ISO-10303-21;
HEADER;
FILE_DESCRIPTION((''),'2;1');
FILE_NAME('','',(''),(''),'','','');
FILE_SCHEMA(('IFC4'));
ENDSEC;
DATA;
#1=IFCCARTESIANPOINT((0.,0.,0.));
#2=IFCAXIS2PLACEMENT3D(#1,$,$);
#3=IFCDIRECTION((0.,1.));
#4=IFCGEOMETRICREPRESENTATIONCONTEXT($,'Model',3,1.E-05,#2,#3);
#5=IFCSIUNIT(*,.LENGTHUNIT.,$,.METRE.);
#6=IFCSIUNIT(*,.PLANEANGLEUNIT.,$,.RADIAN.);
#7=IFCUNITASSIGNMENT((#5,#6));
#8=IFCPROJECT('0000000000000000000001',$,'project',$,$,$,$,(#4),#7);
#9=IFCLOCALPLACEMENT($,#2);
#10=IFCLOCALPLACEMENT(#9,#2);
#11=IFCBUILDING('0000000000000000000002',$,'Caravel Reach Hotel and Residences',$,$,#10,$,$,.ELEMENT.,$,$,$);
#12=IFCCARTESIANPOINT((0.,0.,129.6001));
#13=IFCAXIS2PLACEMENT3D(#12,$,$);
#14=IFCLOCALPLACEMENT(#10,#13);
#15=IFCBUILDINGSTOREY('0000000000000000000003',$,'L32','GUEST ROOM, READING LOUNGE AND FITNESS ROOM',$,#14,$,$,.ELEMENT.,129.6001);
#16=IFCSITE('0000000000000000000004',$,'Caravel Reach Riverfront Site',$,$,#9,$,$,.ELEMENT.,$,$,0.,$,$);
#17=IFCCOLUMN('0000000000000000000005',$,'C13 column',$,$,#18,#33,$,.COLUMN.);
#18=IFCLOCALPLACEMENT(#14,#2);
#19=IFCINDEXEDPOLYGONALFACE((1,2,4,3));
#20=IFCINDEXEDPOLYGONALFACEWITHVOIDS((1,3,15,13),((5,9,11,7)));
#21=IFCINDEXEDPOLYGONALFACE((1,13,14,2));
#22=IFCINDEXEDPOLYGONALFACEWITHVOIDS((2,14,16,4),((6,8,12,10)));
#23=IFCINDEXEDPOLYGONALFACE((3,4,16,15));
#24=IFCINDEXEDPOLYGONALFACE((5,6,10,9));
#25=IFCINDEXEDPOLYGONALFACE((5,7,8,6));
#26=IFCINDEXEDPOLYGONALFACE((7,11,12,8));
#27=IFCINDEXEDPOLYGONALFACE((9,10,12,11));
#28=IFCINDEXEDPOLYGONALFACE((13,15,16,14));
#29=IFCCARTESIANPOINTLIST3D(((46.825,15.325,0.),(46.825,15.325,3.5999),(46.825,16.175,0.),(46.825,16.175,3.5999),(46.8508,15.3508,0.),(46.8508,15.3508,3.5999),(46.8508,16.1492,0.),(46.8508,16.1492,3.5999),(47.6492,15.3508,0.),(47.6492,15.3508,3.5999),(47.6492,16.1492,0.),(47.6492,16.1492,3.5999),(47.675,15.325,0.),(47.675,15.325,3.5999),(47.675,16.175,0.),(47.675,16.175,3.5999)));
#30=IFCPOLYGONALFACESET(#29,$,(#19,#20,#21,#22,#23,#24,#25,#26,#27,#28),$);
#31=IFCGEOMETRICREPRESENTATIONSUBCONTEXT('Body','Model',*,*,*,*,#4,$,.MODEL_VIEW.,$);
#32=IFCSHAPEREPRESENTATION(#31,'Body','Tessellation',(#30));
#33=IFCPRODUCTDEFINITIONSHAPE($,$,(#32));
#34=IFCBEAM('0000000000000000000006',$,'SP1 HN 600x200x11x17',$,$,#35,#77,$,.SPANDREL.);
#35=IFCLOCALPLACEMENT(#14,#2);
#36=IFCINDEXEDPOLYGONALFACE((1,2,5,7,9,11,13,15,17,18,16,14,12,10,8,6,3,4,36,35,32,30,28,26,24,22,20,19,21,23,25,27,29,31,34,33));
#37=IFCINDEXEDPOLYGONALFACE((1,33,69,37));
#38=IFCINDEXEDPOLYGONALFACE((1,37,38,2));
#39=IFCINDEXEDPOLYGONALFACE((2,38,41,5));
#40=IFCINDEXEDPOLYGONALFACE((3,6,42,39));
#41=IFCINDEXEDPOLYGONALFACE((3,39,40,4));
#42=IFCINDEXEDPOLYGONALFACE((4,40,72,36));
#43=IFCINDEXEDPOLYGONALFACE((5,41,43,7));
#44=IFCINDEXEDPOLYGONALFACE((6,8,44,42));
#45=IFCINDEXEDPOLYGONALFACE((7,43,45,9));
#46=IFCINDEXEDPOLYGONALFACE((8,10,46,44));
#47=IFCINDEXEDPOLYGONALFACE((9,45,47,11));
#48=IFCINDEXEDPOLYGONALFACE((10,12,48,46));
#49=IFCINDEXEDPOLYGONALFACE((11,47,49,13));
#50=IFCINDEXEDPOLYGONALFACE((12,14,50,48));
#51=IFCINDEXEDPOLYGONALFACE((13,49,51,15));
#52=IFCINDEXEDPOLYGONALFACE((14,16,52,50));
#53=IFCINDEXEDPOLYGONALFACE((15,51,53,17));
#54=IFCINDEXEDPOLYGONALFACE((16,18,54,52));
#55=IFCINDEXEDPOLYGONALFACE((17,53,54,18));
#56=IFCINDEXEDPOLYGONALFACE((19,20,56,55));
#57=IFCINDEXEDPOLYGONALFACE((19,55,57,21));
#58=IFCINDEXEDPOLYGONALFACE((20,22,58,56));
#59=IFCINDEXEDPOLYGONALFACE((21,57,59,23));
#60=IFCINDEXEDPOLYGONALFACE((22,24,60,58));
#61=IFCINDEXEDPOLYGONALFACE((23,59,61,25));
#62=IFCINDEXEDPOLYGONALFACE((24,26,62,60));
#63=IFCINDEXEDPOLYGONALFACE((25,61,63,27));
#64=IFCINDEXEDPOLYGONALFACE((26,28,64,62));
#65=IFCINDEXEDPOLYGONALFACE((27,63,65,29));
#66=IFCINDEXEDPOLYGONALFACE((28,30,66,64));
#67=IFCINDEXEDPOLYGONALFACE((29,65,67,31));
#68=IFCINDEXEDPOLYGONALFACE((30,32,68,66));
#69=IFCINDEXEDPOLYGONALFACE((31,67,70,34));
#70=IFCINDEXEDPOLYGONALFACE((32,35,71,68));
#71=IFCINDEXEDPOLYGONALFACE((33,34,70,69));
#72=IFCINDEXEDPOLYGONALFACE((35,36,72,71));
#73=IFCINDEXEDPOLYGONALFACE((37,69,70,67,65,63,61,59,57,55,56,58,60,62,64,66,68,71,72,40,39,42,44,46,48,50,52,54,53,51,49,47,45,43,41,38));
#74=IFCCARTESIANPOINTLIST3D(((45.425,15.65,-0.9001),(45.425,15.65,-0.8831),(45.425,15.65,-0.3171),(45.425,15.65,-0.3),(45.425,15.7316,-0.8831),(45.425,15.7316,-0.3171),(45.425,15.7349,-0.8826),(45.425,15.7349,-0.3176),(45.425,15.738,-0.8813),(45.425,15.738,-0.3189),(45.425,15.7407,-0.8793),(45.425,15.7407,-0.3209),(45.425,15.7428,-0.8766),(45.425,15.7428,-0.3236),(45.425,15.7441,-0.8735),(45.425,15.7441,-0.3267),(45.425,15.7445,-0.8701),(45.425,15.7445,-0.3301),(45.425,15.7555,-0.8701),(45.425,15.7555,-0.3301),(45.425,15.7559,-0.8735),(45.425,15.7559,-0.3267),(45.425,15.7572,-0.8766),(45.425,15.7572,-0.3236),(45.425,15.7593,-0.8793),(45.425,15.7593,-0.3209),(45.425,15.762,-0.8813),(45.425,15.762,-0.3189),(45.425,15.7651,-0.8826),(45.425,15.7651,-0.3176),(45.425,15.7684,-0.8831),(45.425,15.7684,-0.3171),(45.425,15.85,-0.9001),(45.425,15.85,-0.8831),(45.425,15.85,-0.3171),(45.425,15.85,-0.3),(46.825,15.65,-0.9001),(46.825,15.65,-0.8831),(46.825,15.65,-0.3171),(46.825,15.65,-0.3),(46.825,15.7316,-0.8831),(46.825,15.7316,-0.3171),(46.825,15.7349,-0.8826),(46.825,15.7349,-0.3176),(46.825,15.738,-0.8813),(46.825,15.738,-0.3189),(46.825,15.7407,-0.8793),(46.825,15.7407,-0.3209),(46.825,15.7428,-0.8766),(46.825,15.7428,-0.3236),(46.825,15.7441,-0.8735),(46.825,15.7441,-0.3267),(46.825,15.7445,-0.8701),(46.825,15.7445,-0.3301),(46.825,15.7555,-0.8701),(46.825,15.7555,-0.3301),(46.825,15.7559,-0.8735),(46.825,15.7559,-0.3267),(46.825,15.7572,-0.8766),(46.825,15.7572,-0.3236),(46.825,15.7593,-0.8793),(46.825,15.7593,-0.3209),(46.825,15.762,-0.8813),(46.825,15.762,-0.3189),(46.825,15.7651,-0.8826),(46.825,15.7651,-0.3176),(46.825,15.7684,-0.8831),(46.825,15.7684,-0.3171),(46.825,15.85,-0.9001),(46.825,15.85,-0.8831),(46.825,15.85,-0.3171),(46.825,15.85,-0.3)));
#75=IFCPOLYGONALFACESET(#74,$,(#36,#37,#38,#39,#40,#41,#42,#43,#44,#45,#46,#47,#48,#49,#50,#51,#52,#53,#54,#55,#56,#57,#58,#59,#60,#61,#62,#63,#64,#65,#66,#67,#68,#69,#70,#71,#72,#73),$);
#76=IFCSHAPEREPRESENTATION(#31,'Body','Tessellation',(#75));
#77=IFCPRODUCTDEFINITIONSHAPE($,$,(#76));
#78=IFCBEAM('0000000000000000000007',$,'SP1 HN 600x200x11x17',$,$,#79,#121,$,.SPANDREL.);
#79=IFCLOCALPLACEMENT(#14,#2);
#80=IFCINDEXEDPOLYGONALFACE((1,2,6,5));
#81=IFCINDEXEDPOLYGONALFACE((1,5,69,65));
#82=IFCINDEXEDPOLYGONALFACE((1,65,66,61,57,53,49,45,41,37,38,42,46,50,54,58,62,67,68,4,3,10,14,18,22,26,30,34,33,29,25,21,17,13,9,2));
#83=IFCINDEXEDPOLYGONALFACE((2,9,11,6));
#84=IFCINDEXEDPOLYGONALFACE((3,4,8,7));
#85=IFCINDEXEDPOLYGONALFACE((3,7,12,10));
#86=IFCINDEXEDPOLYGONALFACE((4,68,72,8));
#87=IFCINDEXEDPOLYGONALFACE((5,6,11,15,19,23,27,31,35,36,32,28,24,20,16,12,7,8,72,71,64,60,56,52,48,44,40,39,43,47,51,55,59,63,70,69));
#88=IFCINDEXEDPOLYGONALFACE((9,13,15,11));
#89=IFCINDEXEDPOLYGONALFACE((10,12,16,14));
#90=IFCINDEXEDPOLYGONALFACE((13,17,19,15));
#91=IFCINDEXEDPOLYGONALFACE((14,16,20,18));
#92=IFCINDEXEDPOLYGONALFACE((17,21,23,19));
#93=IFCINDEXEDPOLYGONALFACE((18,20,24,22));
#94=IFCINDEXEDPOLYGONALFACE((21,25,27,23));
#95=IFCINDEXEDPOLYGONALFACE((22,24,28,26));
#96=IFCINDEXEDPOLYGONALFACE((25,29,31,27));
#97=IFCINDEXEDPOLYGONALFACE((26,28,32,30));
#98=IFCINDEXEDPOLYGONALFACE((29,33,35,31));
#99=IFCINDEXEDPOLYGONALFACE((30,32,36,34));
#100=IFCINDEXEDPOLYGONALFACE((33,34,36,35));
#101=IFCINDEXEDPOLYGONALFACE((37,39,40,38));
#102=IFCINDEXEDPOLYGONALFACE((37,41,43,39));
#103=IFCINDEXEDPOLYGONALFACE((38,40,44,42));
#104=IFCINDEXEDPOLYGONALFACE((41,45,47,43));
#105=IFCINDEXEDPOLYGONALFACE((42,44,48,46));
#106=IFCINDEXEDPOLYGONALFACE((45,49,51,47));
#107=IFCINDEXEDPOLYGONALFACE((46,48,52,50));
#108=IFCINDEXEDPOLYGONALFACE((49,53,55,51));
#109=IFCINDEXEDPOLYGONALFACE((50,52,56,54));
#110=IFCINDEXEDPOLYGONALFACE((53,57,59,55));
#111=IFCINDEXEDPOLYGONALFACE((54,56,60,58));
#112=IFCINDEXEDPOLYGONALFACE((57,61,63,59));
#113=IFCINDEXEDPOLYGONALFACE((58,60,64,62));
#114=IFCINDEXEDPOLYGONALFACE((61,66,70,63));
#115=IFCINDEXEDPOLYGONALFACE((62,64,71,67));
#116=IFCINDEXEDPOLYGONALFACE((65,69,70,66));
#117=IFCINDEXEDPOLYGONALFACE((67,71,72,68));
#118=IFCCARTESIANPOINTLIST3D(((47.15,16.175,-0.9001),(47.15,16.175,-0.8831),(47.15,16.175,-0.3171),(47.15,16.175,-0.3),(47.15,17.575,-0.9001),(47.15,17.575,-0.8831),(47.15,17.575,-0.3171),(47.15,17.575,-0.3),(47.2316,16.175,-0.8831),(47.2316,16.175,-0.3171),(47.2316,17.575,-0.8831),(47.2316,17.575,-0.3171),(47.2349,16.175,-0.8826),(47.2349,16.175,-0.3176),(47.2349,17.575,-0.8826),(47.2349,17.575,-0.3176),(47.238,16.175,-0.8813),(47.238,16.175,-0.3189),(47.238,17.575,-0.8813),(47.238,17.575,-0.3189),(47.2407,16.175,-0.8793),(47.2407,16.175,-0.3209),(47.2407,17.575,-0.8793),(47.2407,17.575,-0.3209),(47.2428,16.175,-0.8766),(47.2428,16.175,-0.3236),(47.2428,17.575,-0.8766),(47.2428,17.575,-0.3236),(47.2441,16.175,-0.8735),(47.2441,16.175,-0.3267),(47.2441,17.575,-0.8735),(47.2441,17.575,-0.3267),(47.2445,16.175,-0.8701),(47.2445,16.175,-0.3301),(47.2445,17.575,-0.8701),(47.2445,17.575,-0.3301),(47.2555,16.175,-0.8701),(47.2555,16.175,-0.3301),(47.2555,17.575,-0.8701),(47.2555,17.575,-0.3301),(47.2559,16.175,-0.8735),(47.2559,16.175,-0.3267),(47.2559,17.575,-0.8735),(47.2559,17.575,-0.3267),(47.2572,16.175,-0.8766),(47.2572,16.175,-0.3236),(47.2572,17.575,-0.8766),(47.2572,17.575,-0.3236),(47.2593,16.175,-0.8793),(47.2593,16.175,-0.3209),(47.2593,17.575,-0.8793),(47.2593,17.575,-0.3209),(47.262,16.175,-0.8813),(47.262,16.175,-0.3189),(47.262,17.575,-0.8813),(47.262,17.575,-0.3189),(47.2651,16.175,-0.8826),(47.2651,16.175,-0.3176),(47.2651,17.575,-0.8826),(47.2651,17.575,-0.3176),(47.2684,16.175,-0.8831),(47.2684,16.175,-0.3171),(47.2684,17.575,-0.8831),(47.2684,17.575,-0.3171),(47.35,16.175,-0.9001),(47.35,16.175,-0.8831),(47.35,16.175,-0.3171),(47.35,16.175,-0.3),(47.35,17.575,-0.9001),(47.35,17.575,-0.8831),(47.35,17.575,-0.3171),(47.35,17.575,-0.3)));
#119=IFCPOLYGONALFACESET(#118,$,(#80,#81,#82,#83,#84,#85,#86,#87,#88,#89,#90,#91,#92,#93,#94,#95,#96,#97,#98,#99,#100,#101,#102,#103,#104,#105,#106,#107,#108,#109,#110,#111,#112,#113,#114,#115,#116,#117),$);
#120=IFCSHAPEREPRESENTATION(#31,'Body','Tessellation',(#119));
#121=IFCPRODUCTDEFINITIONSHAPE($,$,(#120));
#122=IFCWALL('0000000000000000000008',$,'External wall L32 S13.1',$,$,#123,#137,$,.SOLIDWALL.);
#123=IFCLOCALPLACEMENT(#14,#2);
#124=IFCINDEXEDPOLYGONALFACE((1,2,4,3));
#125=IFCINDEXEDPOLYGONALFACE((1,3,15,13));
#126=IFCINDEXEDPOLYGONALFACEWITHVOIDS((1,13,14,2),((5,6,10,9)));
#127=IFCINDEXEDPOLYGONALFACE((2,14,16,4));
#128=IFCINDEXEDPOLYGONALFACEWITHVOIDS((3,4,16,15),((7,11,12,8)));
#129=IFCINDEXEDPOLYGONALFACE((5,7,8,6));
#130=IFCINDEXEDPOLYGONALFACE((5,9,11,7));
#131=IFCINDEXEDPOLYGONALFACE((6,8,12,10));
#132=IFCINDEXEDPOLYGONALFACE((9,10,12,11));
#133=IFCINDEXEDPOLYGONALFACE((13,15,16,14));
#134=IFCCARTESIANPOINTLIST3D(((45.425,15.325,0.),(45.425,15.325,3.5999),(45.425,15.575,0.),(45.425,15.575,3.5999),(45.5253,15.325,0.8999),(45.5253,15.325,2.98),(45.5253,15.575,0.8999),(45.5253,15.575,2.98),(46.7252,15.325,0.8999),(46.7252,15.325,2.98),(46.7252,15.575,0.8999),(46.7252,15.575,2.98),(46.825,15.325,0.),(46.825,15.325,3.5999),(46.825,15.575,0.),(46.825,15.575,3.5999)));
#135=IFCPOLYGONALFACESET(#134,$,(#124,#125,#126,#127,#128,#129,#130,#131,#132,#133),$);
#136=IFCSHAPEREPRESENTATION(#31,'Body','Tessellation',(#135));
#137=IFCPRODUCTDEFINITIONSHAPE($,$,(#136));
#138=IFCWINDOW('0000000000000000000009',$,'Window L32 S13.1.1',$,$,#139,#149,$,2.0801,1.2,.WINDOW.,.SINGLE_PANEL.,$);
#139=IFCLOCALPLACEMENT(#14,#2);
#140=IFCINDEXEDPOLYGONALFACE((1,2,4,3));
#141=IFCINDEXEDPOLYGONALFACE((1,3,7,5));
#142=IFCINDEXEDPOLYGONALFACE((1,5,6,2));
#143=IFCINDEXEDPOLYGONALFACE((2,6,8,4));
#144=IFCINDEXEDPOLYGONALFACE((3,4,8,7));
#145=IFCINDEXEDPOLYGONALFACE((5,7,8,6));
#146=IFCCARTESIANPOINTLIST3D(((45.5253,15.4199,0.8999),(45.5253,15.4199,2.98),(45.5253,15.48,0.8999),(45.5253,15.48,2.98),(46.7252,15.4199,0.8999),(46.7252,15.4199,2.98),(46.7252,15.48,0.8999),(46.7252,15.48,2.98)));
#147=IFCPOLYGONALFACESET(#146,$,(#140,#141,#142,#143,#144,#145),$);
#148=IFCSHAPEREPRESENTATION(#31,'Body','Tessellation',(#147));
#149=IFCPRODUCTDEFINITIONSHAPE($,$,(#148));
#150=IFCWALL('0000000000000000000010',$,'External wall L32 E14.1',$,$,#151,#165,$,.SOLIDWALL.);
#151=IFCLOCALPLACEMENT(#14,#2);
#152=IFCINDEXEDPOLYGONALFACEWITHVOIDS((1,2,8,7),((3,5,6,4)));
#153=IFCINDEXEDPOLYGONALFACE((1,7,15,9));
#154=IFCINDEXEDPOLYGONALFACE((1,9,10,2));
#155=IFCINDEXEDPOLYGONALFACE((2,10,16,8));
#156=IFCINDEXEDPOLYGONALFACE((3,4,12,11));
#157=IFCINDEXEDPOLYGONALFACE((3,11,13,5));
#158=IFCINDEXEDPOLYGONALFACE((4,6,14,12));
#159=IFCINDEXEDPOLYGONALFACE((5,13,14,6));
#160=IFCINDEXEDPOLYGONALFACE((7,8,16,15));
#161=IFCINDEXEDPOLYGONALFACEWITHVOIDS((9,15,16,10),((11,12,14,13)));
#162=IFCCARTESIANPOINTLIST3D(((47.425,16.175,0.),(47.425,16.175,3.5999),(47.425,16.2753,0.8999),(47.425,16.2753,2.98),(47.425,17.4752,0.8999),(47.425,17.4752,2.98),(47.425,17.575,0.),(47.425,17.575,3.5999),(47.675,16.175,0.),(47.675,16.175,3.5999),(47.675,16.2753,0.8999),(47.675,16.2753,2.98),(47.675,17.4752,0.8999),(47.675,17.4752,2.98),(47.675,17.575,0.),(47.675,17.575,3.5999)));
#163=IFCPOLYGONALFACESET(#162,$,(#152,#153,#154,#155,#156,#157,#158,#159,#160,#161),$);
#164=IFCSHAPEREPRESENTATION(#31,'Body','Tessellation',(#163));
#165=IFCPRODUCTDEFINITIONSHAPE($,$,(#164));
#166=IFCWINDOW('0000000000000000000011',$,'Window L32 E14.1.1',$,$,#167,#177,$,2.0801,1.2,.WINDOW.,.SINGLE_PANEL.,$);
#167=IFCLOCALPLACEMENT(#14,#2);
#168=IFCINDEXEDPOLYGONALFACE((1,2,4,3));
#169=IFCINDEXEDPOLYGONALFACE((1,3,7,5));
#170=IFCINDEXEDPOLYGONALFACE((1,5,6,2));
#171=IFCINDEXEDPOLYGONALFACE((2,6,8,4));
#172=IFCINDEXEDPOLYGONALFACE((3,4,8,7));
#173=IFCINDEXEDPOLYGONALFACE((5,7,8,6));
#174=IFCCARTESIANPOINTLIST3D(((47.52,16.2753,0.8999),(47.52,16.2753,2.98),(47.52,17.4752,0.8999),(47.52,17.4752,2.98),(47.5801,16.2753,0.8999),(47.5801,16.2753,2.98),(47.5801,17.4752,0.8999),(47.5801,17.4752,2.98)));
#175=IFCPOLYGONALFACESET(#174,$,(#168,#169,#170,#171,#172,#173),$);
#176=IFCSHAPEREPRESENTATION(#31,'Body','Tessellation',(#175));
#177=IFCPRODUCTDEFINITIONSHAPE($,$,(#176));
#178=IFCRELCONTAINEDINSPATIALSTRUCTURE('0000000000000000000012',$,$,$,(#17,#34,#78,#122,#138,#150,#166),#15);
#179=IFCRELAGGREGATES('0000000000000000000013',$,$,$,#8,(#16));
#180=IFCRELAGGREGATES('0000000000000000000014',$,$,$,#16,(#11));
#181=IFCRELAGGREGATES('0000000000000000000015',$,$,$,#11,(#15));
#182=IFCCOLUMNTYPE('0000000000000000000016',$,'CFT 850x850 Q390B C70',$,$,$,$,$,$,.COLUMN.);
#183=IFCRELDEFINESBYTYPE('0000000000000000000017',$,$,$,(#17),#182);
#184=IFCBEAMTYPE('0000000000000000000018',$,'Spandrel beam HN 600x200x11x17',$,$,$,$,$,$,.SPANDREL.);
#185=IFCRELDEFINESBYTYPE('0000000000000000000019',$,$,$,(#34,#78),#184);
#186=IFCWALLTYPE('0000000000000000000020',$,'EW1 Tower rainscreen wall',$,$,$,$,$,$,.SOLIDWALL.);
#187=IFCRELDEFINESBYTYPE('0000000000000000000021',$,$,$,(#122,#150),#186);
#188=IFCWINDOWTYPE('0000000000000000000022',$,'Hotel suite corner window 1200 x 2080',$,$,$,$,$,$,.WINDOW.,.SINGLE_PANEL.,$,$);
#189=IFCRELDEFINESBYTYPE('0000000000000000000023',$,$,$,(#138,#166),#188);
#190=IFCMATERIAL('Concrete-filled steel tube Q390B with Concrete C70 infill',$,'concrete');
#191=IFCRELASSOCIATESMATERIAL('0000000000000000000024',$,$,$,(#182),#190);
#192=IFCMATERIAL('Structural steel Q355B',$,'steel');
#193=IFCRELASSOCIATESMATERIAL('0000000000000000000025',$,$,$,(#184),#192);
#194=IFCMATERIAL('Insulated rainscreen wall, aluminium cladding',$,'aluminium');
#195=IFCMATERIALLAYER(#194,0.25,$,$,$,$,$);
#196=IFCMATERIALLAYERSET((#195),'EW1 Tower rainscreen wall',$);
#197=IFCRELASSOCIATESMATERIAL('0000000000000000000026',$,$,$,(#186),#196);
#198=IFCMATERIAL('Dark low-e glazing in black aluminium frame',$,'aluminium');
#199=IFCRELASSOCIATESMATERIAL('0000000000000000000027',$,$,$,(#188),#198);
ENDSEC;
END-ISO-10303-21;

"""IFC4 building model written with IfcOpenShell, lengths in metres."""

from ifc_helpers import new_model, si_unit, direction, frame, frame_2d, origin, origin_2d, place, context, subcontext, project, spatial, rectangle, hollow_rectangle, i_section, extrude, material, layer, layer_set, material_profile, profile_set, type_object, element, fill, save


model = new_model("IFC4")

# Units and contexts
model_context = context("Model", 3, precision=1e-05, world=origin(), true_north=direction((0.0, 1.0)))
body_context = subcontext(model_context, "Body", "Model", "MODEL_VIEW")
ifc_project = project(units=[si_unit("LENGTHUNIT", "METRE"), si_unit("PLANEANGLEUNIT", "RADIAN")], contexts=[model_context])

# Site, building, storey
site_placement = place(None, origin())
site = spatial("IfcSite", under=ifc_project, at=site_placement, Name="Caravel Reach Riverfront Site", CompositionType="ELEMENT", RefElevation=0.0)
building_placement = place(site_placement, origin())
building = spatial("IfcBuilding", under=site, at=building_placement, Name="Caravel Reach Hotel and Residences", CompositionType="ELEMENT")
storey_placement = place(building_placement, frame((0.0, 0.0, 129.6001)))
storey = spatial("IfcBuildingStorey", under=building, at=storey_placement, Name="L32", Description="GUEST ROOM, READING LOUNGE AND FITNESS ROOM", CompositionType="ELEMENT", Elevation=129.6001)

# Column
ifc_material_1 = material(Name="Concrete-filled steel tube Q390B with Concrete C70 infill", Category="concrete")
ifc_material_profile_1 = material_profile(ifc_material_1, hollow_rectangle(XDim=0.8501, YDim=0.8501, WallThickness=0.0259, at=origin_2d()), Name="RHS 850x850x26")
ifc_profile_set_1 = profile_set([ifc_material_profile_1], Name="Concrete-filled steel tube Q390B with Concrete C70 infill")
column_type = type_object("IfcColumnType", Name="CFT 850x850 Q390B C70", PredefinedType="COLUMN", material=ifc_profile_set_1)
column_placement = place(storey_placement, frame((47.25, 15.75, 0.0), z_axis=(0.0, 0.0, 1.0), x_axis=(1.0, 0.0, 0.0)))
element("IfcColumn", 1, at=column_placement, inside=storey, type_object=column_type, Name="C13 column", PredefinedType="COLUMN", context=body_context, shape_type="SweptSolid", body=[
    extrude(hollow_rectangle(XDim=0.8501, YDim=0.8501, WallThickness=0.0259, at=origin_2d()), origin(), (0.0, 0.0, 1.0), 3.5999),
])

# Beams
ifc_material_2 = material(Name="Structural steel Q355B", Category="steel")
ifc_material_profile_2 = material_profile(ifc_material_2, i_section(OverallWidth=0.2, OverallDepth=0.6001, WebThickness=0.011, FlangeThickness=0.0171, FilletRadius=0.0129, at=origin_2d()), Name="HN 600x200x11x17")
ifc_profile_set_2 = profile_set([ifc_material_profile_2], Name="Structural steel Q355B")
beam_type = type_object("IfcBeamType", Name="Spandrel beam HN 600x200x11x17", PredefinedType="SPANDREL", material=ifc_profile_set_2)
for number, where, z_axis, x_axis, name in (
    (2, (45.425, 15.75, -0.6001), (1.0, 0.0, 0.0), (0.0, 1.0, 0.0), "SP1 HN 600x200x11x17"),
    (3, (47.25, 16.175, -0.6001), (0.0, 1.0, 0.0), (-1.0, 0.0, 0.0), "SP1 HN 600x200x11x17"),
):
    element("IfcBeam", number, at=place(storey_placement, frame(where, z_axis=z_axis, x_axis=x_axis)), inside=storey, type_object=beam_type, Name=name, PredefinedType="SPANDREL", context=body_context, shape_type="SweptSolid", body=[
        extrude(i_section(OverallWidth=0.2, OverallDepth=0.6001, WebThickness=0.011, FlangeThickness=0.0171, FilletRadius=0.0129, at=origin_2d()), origin(), (0.0, 0.0, 1.0), 1.3999),
    ])

# Walls, openings, windows
ifc_material_3 = material(Name="Insulated rainscreen wall, aluminium cladding", Category="aluminium")
ifc_layer_1 = layer(ifc_material_3, 0.25)
ifc_layer_set_1 = layer_set([ifc_layer_1], Name="EW1 Tower rainscreen wall")
wall_type_1 = type_object("IfcWallType", Name="EW1 Tower rainscreen wall", PredefinedType="SOLIDWALL", material=ifc_layer_set_1)
wall_1_placement = place(storey_placement, frame((45.425, 15.45, 0.0), z_axis=(0.0, 0.0, 1.0), x_axis=(1.0, 0.0, 0.0)))
wall_1 = element("IfcWall", 4, at=wall_1_placement, inside=storey, type_object=wall_type_1, Name="External wall L32 S13.1", PredefinedType="SOLIDWALL", context=body_context, shape_type="SweptSolid", body=[
    extrude(rectangle(XDim=1.3999, YDim=0.25, at=frame_2d((0.7, 0.0))), origin(), (0.0, 0.0, 1.0), 3.5999),
])
opening_1_placement = place(wall_1_placement, frame((0.1001, 0.0, 0.8999)))
opening_1 = element("IfcOpeningElement", 5, at=opening_1_placement, cuts=wall_1, PredefinedType="OPENING", context=body_context, shape_type="SweptSolid", body=[
    extrude(rectangle(XDim=1.2, YDim=2.0801, at=frame_2d((0.6001, 1.04))), frame((0.0, 0.135, 0.0), z_axis=(0.0, -1.0, 0.0), x_axis=(1.0, 0.0, 0.0)), (0.0, 0.0, 1.0), 0.27),
])
ifc_material_4 = material(Name="Dark low-e glazing in black aluminium frame", Category="aluminium")
window_type_1 = type_object("IfcWindowType", Name="Hotel suite corner window 1200 x 2080", PartitioningType="SINGLE_PANEL", PredefinedType="WINDOW", material=ifc_material_4)
window_1_placement = place(opening_1_placement, origin())
window_1 = element("IfcWindow", 6, at=window_1_placement, inside=storey, type_object=window_type_1, Name="Window L32 S13.1.1", OverallHeight=2.0801, OverallWidth=1.2, PartitioningType="SINGLE_PANEL", PredefinedType="WINDOW", context=body_context, shape_type="SweptSolid", body=[
    extrude(rectangle(XDim=1.2, YDim=2.0801, at=frame_2d((0.6001, 1.04))), frame((0.0, 0.03, 0.0), z_axis=(0.0, -1.0, 0.0), x_axis=(1.0, 0.0, 0.0)), (0.0, 0.0, 1.0), 0.0601),
])
fill(opening_1, window_1)
wall_2_placement = place(storey_placement, frame((47.55, 16.175, 0.0), z_axis=(0.0, 0.0, 1.0), x_axis=(0.0, 1.0, 0.0)))
wall_2 = element("IfcWall", 7, at=wall_2_placement, inside=storey, type_object=wall_type_1, Name="External wall L32 E14.1", PredefinedType="SOLIDWALL", context=body_context, shape_type="SweptSolid", body=[
    extrude(rectangle(XDim=1.3999, YDim=0.25, at=frame_2d((0.7, 0.0))), origin(), (0.0, 0.0, 1.0), 3.5999),
])
opening_2_placement = place(wall_2_placement, frame((0.1001, 0.0, 0.8999)))
opening_2 = element("IfcOpeningElement", 8, at=opening_2_placement, cuts=wall_2, PredefinedType="OPENING", context=body_context, shape_type="SweptSolid", body=[
    extrude(rectangle(XDim=1.2, YDim=2.0801, at=frame_2d((0.6001, 1.04))), frame((0.0, 0.135, 0.0), z_axis=(0.0, -1.0, 0.0), x_axis=(1.0, 0.0, 0.0)), (0.0, 0.0, 1.0), 0.27),
])
window_2_placement = place(opening_2_placement, origin())
window_2 = element("IfcWindow", 9, at=window_2_placement, inside=storey, type_object=window_type_1, Name="Window L32 E14.1.1", OverallHeight=2.0801, OverallWidth=1.2, PartitioningType="SINGLE_PANEL", PredefinedType="WINDOW", context=body_context, shape_type="SweptSolid", body=[
    extrude(rectangle(XDim=1.2, YDim=2.0801, at=frame_2d((0.6001, 1.04))), frame((0.0, 0.03, 0.0), z_axis=(0.0, -1.0, 0.0), x_axis=(1.0, 0.0, 0.0)), (0.0, 0.0, 1.0), 0.0601),
])
fill(opening_2, window_2)

save(model, "model.ifc")
